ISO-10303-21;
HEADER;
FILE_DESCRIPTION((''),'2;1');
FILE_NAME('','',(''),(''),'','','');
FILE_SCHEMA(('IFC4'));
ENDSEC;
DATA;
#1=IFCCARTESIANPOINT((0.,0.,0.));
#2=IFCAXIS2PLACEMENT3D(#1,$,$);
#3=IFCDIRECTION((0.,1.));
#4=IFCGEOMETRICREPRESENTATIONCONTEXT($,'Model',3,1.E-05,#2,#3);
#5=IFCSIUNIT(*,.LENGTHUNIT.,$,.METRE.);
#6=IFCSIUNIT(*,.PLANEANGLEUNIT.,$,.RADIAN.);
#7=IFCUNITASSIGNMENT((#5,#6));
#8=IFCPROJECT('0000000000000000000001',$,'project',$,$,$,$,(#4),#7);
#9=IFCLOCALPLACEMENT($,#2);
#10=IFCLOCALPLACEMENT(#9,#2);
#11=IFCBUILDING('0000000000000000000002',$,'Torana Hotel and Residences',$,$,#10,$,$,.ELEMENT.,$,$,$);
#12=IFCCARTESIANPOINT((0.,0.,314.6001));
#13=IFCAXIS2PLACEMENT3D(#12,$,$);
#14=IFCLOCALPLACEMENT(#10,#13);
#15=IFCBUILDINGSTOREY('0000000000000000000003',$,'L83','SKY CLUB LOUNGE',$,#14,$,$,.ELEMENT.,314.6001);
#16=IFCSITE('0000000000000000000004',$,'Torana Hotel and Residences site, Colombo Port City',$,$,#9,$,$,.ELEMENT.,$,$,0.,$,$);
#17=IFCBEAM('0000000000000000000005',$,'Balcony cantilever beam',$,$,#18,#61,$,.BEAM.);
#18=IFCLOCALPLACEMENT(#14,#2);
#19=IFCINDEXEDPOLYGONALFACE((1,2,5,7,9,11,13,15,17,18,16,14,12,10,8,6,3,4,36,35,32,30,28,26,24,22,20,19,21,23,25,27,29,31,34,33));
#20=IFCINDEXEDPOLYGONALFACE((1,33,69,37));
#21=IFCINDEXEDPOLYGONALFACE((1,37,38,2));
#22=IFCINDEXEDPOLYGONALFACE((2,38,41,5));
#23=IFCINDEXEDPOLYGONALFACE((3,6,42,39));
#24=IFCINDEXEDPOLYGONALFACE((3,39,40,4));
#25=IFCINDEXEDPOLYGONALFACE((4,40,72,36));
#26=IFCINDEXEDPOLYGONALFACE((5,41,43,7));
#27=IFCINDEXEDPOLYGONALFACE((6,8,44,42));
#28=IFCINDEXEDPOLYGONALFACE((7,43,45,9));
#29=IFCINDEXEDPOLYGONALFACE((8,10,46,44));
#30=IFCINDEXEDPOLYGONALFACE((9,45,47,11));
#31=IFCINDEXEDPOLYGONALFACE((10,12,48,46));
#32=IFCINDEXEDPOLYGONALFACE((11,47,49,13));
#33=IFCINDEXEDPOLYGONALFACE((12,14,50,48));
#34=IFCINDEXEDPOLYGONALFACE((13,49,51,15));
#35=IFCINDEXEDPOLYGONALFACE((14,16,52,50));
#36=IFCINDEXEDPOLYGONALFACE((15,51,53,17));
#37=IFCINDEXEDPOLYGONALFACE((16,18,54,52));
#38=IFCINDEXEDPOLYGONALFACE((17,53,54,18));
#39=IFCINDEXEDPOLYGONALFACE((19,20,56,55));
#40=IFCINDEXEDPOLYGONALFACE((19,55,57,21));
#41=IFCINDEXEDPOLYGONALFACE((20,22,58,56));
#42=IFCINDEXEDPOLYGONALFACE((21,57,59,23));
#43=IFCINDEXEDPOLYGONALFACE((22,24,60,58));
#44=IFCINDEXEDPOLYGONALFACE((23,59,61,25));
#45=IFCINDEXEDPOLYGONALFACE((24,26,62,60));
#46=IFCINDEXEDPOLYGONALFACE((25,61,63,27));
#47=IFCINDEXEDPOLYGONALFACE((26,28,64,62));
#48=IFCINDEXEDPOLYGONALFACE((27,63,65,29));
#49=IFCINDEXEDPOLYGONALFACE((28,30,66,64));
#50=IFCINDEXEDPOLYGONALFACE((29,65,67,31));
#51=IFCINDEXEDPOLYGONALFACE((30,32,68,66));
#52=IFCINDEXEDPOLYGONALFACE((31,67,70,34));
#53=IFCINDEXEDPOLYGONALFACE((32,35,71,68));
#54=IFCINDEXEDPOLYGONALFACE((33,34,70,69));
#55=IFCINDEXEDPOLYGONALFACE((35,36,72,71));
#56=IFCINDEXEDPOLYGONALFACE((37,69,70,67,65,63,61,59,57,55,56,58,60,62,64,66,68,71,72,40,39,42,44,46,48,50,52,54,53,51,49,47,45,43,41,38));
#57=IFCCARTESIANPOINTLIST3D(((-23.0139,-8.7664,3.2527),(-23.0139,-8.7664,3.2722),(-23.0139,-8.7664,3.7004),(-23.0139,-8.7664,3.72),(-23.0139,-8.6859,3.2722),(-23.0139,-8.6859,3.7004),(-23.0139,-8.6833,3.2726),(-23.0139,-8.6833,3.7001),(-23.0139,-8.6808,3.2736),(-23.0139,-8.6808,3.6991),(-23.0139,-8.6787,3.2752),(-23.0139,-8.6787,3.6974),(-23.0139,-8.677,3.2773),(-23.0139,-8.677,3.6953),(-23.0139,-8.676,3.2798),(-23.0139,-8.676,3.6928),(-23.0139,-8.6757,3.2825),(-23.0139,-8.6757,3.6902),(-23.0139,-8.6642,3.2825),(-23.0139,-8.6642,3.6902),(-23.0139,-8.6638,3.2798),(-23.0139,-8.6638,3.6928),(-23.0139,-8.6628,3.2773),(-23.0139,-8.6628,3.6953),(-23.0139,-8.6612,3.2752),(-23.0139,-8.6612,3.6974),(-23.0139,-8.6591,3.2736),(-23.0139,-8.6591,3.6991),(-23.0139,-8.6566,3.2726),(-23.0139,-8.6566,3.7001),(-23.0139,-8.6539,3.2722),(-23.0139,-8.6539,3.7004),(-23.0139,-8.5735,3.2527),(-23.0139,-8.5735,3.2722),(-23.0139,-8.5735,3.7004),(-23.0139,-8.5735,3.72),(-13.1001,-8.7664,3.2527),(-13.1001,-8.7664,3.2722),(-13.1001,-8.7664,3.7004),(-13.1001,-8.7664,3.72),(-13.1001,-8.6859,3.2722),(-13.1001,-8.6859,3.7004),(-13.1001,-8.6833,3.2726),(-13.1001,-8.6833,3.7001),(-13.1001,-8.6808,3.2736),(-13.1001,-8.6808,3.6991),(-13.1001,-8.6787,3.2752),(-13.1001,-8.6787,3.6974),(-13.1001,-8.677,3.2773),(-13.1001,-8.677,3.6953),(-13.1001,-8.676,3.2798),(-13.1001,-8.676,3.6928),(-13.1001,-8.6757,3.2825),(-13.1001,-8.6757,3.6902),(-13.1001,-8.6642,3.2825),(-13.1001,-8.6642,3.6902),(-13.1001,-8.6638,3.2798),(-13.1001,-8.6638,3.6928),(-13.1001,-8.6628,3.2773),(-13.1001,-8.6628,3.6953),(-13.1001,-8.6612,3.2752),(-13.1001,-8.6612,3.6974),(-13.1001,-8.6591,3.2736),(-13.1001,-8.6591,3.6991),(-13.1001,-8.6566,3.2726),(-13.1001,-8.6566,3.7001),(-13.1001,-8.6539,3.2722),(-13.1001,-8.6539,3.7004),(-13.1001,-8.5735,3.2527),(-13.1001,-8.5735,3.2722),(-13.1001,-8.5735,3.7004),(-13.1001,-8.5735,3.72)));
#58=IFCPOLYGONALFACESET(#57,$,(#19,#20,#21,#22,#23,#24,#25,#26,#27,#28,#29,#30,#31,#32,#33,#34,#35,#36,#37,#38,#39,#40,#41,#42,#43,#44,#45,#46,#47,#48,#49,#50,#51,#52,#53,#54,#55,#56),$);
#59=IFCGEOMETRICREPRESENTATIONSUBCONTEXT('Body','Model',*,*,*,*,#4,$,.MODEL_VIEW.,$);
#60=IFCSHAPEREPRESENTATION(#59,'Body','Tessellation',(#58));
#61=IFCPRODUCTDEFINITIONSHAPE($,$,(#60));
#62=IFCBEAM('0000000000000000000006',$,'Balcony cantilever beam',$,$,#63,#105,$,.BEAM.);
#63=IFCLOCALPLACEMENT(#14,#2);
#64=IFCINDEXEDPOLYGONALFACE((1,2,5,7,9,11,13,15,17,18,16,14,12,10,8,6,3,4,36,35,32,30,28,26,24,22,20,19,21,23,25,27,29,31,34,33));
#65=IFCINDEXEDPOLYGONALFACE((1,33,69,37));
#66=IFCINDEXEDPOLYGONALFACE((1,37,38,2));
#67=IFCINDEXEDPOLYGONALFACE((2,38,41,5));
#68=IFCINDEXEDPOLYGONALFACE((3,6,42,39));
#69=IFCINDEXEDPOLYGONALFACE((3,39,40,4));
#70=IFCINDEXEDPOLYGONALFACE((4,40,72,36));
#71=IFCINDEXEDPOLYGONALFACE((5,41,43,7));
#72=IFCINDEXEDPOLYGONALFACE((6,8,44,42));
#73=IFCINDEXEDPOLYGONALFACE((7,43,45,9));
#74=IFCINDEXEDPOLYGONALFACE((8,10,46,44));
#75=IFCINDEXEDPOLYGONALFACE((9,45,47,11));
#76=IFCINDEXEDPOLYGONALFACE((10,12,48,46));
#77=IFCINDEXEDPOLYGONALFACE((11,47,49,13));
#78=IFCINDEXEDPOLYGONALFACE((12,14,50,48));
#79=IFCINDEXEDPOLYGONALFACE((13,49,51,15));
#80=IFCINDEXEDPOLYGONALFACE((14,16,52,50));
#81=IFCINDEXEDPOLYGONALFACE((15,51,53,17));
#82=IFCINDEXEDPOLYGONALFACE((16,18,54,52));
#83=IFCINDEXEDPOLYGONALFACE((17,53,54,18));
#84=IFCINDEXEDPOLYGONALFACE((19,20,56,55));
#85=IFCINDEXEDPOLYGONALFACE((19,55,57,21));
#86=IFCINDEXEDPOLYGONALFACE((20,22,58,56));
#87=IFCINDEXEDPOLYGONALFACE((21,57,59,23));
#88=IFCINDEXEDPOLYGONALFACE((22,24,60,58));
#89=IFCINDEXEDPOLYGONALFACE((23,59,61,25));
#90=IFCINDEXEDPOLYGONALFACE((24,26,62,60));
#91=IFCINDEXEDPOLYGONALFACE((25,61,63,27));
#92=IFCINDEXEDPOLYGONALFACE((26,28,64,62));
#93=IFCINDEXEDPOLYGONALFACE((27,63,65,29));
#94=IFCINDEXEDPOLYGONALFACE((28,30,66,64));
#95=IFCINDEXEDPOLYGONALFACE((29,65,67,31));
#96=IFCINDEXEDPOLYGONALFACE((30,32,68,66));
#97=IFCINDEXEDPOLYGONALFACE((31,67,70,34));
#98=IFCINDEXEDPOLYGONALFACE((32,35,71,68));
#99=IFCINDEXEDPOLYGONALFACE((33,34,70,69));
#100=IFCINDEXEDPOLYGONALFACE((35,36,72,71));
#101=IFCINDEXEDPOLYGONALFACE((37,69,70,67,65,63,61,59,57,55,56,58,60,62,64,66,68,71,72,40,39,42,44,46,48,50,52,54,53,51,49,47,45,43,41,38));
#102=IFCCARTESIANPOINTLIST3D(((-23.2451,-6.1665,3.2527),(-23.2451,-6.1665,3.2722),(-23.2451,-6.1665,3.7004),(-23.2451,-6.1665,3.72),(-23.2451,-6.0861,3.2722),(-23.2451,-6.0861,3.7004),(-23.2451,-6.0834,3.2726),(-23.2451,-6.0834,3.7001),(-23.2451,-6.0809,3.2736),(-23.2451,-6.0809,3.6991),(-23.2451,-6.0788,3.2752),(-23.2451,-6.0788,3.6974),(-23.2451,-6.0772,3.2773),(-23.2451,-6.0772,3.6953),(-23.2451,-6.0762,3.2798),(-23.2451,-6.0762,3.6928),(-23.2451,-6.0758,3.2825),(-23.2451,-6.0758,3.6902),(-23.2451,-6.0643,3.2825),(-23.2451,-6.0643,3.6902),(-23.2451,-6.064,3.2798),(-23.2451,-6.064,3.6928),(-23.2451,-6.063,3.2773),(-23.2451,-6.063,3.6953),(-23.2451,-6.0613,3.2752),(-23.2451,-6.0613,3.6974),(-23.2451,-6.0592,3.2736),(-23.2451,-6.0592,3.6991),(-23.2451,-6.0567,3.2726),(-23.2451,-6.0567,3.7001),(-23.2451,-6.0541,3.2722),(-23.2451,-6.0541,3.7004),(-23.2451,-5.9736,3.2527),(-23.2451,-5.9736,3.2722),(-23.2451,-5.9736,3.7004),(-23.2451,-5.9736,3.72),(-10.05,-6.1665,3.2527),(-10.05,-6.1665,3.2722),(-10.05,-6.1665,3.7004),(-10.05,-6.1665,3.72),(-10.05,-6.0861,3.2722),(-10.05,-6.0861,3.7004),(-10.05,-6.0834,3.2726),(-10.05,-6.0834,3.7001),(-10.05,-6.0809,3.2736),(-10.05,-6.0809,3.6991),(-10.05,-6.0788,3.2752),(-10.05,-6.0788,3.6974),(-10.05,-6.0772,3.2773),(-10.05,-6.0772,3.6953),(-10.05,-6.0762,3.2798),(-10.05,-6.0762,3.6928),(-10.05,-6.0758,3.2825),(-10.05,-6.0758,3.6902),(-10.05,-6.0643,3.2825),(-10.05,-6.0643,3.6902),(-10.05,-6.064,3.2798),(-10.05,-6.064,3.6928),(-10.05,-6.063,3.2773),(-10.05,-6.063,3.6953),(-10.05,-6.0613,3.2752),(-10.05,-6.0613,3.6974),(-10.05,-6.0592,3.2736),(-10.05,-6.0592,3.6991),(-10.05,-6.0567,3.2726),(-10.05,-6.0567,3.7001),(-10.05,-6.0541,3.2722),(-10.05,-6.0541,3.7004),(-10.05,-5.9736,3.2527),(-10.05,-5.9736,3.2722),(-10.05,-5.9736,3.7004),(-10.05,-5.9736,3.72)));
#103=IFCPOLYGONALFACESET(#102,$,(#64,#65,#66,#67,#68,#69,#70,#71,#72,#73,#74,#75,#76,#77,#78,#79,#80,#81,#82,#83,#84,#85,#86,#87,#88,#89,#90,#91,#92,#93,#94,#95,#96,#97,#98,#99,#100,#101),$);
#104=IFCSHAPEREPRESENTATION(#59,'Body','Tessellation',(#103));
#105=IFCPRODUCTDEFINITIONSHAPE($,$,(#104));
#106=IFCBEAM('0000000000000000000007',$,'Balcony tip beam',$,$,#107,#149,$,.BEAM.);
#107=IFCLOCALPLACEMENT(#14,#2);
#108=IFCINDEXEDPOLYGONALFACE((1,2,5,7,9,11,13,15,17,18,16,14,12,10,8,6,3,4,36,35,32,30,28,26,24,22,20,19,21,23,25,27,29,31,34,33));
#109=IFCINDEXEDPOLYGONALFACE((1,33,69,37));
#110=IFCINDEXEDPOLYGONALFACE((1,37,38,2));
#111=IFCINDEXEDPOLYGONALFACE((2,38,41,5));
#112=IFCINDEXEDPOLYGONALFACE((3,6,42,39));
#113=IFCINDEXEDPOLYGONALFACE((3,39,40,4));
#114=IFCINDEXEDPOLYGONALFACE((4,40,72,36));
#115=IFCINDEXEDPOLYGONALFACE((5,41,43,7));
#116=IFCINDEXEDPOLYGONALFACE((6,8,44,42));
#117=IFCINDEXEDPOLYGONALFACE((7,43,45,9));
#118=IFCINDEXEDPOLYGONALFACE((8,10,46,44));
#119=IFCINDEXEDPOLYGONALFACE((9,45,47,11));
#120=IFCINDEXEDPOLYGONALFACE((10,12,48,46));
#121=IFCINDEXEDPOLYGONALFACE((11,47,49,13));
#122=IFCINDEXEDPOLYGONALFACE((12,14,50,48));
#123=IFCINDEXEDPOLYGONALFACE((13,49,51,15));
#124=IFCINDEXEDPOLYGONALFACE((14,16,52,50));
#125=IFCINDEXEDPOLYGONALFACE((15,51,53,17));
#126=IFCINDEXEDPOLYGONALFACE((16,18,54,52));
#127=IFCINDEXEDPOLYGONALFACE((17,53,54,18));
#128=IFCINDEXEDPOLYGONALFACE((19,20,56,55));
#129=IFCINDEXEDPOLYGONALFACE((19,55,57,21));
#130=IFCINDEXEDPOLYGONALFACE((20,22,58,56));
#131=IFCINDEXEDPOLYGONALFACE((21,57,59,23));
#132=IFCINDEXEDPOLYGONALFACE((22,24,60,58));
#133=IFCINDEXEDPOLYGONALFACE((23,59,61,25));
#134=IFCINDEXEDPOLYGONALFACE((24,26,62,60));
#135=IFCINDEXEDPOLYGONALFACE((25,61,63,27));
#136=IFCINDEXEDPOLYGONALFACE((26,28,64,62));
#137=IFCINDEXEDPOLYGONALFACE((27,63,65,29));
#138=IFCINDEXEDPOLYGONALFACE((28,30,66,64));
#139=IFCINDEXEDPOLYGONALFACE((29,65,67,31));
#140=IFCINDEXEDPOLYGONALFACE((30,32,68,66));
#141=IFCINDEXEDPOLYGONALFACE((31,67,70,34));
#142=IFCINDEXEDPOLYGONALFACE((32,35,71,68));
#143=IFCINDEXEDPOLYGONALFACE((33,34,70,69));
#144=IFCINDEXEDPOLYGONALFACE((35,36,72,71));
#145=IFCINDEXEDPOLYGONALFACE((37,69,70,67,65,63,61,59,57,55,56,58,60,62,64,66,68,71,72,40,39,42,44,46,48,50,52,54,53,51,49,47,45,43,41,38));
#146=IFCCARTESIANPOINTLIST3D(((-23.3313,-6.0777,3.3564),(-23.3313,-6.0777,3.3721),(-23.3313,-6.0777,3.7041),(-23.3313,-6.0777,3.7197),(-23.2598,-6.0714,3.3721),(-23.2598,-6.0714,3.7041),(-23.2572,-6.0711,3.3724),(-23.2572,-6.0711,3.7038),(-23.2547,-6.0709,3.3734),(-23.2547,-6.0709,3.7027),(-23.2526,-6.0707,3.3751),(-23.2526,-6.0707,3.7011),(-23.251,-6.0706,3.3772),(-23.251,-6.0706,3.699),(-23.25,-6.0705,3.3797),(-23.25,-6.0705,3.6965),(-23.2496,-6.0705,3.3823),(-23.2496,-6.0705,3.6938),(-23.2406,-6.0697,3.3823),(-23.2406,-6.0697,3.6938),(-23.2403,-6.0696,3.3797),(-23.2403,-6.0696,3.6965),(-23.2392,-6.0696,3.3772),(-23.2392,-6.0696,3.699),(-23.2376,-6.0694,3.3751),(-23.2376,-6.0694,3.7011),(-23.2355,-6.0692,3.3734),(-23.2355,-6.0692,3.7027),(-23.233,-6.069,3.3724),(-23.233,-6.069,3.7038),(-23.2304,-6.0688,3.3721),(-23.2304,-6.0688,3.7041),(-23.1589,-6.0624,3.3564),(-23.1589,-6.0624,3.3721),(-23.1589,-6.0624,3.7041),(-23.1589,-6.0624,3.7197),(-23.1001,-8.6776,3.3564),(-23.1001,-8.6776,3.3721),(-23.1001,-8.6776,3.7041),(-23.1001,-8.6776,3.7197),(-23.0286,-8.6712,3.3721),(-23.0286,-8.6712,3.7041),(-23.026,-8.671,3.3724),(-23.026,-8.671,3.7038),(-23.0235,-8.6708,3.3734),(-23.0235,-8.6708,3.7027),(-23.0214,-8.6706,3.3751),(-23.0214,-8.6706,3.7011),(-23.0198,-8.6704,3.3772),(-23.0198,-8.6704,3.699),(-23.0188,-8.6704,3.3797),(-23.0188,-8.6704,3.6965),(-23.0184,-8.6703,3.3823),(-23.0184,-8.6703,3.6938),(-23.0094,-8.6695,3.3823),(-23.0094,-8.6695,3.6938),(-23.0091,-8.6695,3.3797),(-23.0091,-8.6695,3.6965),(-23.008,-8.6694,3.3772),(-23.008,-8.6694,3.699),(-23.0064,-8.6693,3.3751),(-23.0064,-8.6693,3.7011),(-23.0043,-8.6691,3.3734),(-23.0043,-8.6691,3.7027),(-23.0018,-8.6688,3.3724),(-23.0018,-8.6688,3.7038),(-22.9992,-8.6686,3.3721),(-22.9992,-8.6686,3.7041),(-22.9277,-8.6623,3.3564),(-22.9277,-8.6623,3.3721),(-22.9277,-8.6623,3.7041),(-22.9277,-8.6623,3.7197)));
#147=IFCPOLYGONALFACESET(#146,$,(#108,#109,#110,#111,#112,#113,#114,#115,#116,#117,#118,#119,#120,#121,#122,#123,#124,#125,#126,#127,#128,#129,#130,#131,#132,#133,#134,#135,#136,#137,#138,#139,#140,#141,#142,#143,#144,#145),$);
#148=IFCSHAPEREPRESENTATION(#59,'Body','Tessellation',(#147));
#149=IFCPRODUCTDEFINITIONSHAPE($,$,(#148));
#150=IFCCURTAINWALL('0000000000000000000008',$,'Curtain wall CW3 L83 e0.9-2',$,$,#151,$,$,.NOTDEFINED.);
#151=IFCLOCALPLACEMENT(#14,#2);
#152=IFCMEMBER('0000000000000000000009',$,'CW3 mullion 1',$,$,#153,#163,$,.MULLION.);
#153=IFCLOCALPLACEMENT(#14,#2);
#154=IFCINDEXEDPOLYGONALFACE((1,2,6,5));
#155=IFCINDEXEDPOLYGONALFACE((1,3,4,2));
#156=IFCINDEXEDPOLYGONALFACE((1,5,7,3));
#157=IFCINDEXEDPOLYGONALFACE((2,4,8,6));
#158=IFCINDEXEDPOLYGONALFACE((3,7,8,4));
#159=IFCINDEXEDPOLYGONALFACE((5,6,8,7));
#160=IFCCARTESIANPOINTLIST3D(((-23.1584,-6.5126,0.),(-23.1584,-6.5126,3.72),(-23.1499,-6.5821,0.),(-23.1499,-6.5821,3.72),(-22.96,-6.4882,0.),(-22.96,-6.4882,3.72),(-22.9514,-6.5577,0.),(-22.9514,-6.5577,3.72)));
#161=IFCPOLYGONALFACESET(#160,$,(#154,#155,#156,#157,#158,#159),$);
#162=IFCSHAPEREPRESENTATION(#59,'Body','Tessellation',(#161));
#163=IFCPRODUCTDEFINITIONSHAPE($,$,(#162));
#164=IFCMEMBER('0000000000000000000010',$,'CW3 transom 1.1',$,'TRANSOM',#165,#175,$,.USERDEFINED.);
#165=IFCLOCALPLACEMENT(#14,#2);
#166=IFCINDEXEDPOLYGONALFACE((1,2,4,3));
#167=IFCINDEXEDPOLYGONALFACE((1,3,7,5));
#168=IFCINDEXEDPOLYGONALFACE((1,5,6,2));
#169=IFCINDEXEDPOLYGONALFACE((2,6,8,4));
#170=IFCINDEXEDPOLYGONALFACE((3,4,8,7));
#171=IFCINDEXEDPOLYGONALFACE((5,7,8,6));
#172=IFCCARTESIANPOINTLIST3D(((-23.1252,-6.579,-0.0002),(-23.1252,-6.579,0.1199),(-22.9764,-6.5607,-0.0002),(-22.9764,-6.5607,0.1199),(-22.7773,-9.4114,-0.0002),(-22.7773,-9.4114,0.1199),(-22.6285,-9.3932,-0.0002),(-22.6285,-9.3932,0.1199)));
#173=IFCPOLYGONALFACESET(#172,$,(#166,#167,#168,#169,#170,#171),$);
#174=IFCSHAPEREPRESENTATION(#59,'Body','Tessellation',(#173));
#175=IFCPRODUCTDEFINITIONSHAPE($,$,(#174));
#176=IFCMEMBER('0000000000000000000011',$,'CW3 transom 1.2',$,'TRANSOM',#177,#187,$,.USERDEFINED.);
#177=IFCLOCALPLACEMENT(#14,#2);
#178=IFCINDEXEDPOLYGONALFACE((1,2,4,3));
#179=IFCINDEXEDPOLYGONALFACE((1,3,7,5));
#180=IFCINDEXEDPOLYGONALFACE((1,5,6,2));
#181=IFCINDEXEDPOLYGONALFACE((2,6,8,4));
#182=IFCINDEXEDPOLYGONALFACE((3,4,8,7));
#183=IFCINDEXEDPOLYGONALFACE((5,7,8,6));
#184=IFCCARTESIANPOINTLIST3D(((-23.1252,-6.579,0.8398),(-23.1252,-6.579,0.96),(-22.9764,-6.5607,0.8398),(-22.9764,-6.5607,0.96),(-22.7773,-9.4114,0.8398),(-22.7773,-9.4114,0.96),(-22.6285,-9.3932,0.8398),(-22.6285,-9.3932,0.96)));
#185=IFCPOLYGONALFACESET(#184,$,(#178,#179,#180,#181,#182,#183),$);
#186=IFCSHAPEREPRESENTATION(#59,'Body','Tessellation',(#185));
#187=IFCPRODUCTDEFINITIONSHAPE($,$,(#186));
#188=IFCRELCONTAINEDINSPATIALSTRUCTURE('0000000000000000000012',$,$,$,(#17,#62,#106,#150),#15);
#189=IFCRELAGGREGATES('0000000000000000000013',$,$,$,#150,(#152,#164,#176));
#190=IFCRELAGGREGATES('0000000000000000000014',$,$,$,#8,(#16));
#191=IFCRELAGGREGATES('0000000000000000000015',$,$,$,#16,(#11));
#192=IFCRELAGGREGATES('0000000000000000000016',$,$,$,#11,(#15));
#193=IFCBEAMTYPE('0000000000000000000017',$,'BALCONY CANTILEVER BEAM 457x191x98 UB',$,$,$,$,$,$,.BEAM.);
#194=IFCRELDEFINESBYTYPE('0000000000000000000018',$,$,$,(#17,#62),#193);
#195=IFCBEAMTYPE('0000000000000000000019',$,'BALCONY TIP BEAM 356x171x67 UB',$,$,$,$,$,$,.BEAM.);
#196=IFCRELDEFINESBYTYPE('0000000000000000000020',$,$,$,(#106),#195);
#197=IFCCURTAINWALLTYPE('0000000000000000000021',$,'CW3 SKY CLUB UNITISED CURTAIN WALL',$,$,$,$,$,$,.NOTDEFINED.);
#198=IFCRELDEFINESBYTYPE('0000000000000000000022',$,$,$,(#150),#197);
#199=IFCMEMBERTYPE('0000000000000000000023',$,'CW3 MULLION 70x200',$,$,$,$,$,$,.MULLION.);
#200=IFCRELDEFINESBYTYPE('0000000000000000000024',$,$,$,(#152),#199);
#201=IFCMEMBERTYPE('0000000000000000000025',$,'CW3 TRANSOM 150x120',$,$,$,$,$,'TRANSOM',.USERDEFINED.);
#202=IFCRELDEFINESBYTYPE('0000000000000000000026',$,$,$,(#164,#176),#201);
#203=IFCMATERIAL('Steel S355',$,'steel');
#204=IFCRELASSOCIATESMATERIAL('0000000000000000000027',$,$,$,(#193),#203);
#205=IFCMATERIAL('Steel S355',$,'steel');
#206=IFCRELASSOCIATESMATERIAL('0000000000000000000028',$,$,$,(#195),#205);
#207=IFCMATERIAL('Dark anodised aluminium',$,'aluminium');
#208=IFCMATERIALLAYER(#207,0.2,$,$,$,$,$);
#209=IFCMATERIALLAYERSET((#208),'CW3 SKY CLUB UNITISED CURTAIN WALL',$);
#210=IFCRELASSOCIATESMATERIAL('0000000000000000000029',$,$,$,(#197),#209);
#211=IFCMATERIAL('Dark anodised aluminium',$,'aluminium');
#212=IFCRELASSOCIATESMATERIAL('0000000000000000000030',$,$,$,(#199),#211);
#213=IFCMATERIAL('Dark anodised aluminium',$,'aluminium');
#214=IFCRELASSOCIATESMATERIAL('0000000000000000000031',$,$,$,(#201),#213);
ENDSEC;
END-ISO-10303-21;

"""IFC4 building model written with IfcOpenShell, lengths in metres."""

from ifc_helpers import new_model, si_unit, direction, frame, origin, origin_2d, place, context, subcontext, project, spatial, rectangle, i_section, extrude, material, layer, layer_set, material_profile, profile_set, type_object, element, aggregate, save


model = new_model("IFC4")

# Units and contexts
model_context = context("Model", 3, precision=1e-05, world=origin(), true_north=direction((0.0, 1.0)))
body_context = subcontext(model_context, "Body", "Model", "MODEL_VIEW")
ifc_project = project(units=[si_unit("LENGTHUNIT", "METRE"), si_unit("PLANEANGLEUNIT", "RADIAN")], contexts=[model_context])

# Site, building, storey
site_placement = place(None, origin())
site = spatial("IfcSite", under=ifc_project, at=site_placement, Name="Torana Hotel and Residences site, Colombo Port City", CompositionType="ELEMENT", RefElevation=0.0)
building_placement = place(site_placement, origin())
building = spatial("IfcBuilding", under=site, at=building_placement, Name="Torana Hotel and Residences", CompositionType="ELEMENT")
storey_placement = place(building_placement, frame((0.0, 0.0, 314.6001)))
storey = spatial("IfcBuildingStorey", under=building, at=storey_placement, Name="L83", Description="SKY CLUB LOUNGE", CompositionType="ELEMENT", Elevation=314.6001)

# Beams
ifc_material_1 = material(Name="Steel S355", Category="steel")
ifc_material_profile_1 = material_profile(ifc_material_1, i_section(OverallWidth=0.1929, OverallDepth=0.4673, WebThickness=0.0115, FlangeThickness=0.0195, FilletRadius=0.0103, at=origin_2d()), Name="457x191x98 UB")
ifc_profile_set_1 = profile_set([ifc_material_profile_1], Name="Steel S355")
beam_type_1 = type_object("IfcBeamType", Name="BALCONY CANTILEVER BEAM 457x191x98 UB", PredefinedType="BEAM", material=ifc_profile_set_1)
beam_1_placement = place(storey_placement, frame((-23.0139, -8.6699, 3.4863), z_axis=(1.0, 0.0, 0.0), x_axis=(0.0, 1.0, 0.0)))
element("IfcBeam", 1, at=beam_1_placement, inside=storey, type_object=beam_type_1, Name="Balcony cantilever beam", PredefinedType="BEAM", context=body_context, shape_type="SweptSolid", body=[
    extrude(i_section(OverallWidth=0.1929, OverallDepth=0.4673, WebThickness=0.0115, FlangeThickness=0.0195, FilletRadius=0.0103, at=origin_2d()), origin(), (0.0, 0.0, 1.0), 9.9138),
])
beam_2_placement = place(storey_placement, frame((-23.2451, -6.0701, 3.4863), z_axis=(1.0, 0.0, 0.0), x_axis=(0.0, 1.0, 0.0)))
element("IfcBeam", 2, at=beam_2_placement, inside=storey, type_object=beam_type_1, Name="Balcony cantilever beam", PredefinedType="BEAM", context=body_context, shape_type="SweptSolid", body=[
    extrude(i_section(OverallWidth=0.1929, OverallDepth=0.4673, WebThickness=0.0115, FlangeThickness=0.0195, FilletRadius=0.0103, at=origin_2d()), origin(), (0.0, 0.0, 1.0), 13.1951),
])
ifc_material_2 = material(Name="Steel S355", Category="steel")
ifc_material_profile_2 = material_profile(ifc_material_2, i_section(OverallWidth=0.1731, OverallDepth=0.3633, WebThickness=0.009, FlangeThickness=0.0156, FilletRadius=0.0103, at=origin_2d()), Name="356x171x67 UB")
ifc_profile_set_2 = profile_set([ifc_material_profile_2], Name="Steel S355")
beam_type_2 = type_object("IfcBeamType", Name="BALCONY TIP BEAM 356x171x67 UB", PredefinedType="BEAM", material=ifc_profile_set_2)
beam_3_placement = place(storey_placement, frame((-23.0139, -8.6699, 3.5381), z_axis=(-0.088579, 0.996069, 0.0), x_axis=(-0.996069, -0.088579, 0.0)))
element("IfcBeam", 3, at=beam_3_placement, inside=storey, type_object=beam_type_2, Name="Balcony tip beam", PredefinedType="BEAM", context=body_context, shape_type="SweptSolid", body=[
    extrude(i_section(OverallWidth=0.1731, OverallDepth=0.3633, WebThickness=0.009, FlangeThickness=0.0156, FilletRadius=0.0103, at=origin_2d()), origin(), (0.0, 0.0, 1.0), 2.6101),
])

# Curtain wall, members
ifc_material_3 = material(Name="Dark anodised aluminium", Category="aluminium")
ifc_layer_1 = layer(ifc_material_3, 0.2)
ifc_layer_set_1 = layer_set([ifc_layer_1], Name="CW3 SKY CLUB UNITISED CURTAIN WALL")
curtain_wall_type = type_object("IfcCurtainWallType", Name="CW3 SKY CLUB UNITISED CURTAIN WALL", PredefinedType="NOTDEFINED", material=ifc_layer_set_1)
curtain_wall_placement = place(storey_placement, origin())
curtain_wall = element("IfcCurtainWall", 4, at=curtain_wall_placement, inside=storey, type_object=curtain_wall_type, Name="Curtain wall CW3 L83 e0.9-2", PredefinedType="NOTDEFINED")
ifc_material_4 = material(Name="Dark anodised aluminium", Category="aluminium")
ifc_material_profile_3 = material_profile(ifc_material_4, rectangle(XDim=0.2, YDim=0.0701, at=origin_2d()), Name="CW3 MULLION 70x200")
ifc_profile_set_3 = profile_set([ifc_material_profile_3], Name="Dark anodised aluminium")
member_type_1 = type_object("IfcMemberType", Name="CW3 MULLION 70x200", PredefinedType="MULLION", material=ifc_profile_set_3)
member_1_placement = place(storey_placement, frame((-23.0549, -6.5352, 0.0), z_axis=(0.0, 0.0, 1.0), x_axis=(0.992545, 0.121876, 0.0)))
member_1 = element("IfcMember", 5, at=member_1_placement, type_object=member_type_1, Name="CW3 mullion 1", PredefinedType="MULLION", context=body_context, shape_type="SweptSolid", body=[
    extrude(rectangle(XDim=0.2, YDim=0.0701, at=origin_2d()), origin(), (0.0, 0.0, 1.0), 3.72),
])
ifc_material_5 = material(Name="Dark anodised aluminium", Category="aluminium")
ifc_material_profile_4 = material_profile(ifc_material_5, rectangle(XDim=0.1499, YDim=0.1201, at=origin_2d()), Name="CW3 TRANSOM 150x120")
ifc_profile_set_4 = profile_set([ifc_material_profile_4], Name="Dark anodised aluminium")
member_type_2 = type_object("IfcMemberType", Name="CW3 TRANSOM 150x120", ElementType="TRANSOM", PredefinedType="USERDEFINED", material=ifc_profile_set_4)
member_2_placement = place(storey_placement, frame((-23.0508, -6.5698, 0.0598), z_axis=(0.121908, -0.992541, 0.0), x_axis=(0.992541, 0.121908, 0.0)))
member_2 = element("IfcMember", 6, at=member_2_placement, type_object=member_type_2, Name="CW3 transom 1.1", ObjectType="TRANSOM", PredefinedType="USERDEFINED", context=body_context, shape_type="SweptSolid", body=[
    extrude(rectangle(XDim=0.1499, YDim=0.1201, at=origin_2d()), origin(), (0.0, 0.0, 1.0), 2.8538),
])
member_3_placement = place(storey_placement, frame((-23.0508, -6.5698, 0.8999), z_axis=(0.121908, -0.992541, 0.0), x_axis=(0.992541, 0.121908, 0.0)))
member_3 = element("IfcMember", 7, at=member_3_placement, type_object=member_type_2, Name="CW3 transom 1.2", ObjectType="TRANSOM", PredefinedType="USERDEFINED", context=body_context, shape_type="SweptSolid", body=[
    extrude(rectangle(XDim=0.1499, YDim=0.1201, at=origin_2d()), origin(), (0.0, 0.0, 1.0), 2.8538),
])
aggregate(curtain_wall, [member_1, member_2, member_3])

save(model, "model.ifc")
